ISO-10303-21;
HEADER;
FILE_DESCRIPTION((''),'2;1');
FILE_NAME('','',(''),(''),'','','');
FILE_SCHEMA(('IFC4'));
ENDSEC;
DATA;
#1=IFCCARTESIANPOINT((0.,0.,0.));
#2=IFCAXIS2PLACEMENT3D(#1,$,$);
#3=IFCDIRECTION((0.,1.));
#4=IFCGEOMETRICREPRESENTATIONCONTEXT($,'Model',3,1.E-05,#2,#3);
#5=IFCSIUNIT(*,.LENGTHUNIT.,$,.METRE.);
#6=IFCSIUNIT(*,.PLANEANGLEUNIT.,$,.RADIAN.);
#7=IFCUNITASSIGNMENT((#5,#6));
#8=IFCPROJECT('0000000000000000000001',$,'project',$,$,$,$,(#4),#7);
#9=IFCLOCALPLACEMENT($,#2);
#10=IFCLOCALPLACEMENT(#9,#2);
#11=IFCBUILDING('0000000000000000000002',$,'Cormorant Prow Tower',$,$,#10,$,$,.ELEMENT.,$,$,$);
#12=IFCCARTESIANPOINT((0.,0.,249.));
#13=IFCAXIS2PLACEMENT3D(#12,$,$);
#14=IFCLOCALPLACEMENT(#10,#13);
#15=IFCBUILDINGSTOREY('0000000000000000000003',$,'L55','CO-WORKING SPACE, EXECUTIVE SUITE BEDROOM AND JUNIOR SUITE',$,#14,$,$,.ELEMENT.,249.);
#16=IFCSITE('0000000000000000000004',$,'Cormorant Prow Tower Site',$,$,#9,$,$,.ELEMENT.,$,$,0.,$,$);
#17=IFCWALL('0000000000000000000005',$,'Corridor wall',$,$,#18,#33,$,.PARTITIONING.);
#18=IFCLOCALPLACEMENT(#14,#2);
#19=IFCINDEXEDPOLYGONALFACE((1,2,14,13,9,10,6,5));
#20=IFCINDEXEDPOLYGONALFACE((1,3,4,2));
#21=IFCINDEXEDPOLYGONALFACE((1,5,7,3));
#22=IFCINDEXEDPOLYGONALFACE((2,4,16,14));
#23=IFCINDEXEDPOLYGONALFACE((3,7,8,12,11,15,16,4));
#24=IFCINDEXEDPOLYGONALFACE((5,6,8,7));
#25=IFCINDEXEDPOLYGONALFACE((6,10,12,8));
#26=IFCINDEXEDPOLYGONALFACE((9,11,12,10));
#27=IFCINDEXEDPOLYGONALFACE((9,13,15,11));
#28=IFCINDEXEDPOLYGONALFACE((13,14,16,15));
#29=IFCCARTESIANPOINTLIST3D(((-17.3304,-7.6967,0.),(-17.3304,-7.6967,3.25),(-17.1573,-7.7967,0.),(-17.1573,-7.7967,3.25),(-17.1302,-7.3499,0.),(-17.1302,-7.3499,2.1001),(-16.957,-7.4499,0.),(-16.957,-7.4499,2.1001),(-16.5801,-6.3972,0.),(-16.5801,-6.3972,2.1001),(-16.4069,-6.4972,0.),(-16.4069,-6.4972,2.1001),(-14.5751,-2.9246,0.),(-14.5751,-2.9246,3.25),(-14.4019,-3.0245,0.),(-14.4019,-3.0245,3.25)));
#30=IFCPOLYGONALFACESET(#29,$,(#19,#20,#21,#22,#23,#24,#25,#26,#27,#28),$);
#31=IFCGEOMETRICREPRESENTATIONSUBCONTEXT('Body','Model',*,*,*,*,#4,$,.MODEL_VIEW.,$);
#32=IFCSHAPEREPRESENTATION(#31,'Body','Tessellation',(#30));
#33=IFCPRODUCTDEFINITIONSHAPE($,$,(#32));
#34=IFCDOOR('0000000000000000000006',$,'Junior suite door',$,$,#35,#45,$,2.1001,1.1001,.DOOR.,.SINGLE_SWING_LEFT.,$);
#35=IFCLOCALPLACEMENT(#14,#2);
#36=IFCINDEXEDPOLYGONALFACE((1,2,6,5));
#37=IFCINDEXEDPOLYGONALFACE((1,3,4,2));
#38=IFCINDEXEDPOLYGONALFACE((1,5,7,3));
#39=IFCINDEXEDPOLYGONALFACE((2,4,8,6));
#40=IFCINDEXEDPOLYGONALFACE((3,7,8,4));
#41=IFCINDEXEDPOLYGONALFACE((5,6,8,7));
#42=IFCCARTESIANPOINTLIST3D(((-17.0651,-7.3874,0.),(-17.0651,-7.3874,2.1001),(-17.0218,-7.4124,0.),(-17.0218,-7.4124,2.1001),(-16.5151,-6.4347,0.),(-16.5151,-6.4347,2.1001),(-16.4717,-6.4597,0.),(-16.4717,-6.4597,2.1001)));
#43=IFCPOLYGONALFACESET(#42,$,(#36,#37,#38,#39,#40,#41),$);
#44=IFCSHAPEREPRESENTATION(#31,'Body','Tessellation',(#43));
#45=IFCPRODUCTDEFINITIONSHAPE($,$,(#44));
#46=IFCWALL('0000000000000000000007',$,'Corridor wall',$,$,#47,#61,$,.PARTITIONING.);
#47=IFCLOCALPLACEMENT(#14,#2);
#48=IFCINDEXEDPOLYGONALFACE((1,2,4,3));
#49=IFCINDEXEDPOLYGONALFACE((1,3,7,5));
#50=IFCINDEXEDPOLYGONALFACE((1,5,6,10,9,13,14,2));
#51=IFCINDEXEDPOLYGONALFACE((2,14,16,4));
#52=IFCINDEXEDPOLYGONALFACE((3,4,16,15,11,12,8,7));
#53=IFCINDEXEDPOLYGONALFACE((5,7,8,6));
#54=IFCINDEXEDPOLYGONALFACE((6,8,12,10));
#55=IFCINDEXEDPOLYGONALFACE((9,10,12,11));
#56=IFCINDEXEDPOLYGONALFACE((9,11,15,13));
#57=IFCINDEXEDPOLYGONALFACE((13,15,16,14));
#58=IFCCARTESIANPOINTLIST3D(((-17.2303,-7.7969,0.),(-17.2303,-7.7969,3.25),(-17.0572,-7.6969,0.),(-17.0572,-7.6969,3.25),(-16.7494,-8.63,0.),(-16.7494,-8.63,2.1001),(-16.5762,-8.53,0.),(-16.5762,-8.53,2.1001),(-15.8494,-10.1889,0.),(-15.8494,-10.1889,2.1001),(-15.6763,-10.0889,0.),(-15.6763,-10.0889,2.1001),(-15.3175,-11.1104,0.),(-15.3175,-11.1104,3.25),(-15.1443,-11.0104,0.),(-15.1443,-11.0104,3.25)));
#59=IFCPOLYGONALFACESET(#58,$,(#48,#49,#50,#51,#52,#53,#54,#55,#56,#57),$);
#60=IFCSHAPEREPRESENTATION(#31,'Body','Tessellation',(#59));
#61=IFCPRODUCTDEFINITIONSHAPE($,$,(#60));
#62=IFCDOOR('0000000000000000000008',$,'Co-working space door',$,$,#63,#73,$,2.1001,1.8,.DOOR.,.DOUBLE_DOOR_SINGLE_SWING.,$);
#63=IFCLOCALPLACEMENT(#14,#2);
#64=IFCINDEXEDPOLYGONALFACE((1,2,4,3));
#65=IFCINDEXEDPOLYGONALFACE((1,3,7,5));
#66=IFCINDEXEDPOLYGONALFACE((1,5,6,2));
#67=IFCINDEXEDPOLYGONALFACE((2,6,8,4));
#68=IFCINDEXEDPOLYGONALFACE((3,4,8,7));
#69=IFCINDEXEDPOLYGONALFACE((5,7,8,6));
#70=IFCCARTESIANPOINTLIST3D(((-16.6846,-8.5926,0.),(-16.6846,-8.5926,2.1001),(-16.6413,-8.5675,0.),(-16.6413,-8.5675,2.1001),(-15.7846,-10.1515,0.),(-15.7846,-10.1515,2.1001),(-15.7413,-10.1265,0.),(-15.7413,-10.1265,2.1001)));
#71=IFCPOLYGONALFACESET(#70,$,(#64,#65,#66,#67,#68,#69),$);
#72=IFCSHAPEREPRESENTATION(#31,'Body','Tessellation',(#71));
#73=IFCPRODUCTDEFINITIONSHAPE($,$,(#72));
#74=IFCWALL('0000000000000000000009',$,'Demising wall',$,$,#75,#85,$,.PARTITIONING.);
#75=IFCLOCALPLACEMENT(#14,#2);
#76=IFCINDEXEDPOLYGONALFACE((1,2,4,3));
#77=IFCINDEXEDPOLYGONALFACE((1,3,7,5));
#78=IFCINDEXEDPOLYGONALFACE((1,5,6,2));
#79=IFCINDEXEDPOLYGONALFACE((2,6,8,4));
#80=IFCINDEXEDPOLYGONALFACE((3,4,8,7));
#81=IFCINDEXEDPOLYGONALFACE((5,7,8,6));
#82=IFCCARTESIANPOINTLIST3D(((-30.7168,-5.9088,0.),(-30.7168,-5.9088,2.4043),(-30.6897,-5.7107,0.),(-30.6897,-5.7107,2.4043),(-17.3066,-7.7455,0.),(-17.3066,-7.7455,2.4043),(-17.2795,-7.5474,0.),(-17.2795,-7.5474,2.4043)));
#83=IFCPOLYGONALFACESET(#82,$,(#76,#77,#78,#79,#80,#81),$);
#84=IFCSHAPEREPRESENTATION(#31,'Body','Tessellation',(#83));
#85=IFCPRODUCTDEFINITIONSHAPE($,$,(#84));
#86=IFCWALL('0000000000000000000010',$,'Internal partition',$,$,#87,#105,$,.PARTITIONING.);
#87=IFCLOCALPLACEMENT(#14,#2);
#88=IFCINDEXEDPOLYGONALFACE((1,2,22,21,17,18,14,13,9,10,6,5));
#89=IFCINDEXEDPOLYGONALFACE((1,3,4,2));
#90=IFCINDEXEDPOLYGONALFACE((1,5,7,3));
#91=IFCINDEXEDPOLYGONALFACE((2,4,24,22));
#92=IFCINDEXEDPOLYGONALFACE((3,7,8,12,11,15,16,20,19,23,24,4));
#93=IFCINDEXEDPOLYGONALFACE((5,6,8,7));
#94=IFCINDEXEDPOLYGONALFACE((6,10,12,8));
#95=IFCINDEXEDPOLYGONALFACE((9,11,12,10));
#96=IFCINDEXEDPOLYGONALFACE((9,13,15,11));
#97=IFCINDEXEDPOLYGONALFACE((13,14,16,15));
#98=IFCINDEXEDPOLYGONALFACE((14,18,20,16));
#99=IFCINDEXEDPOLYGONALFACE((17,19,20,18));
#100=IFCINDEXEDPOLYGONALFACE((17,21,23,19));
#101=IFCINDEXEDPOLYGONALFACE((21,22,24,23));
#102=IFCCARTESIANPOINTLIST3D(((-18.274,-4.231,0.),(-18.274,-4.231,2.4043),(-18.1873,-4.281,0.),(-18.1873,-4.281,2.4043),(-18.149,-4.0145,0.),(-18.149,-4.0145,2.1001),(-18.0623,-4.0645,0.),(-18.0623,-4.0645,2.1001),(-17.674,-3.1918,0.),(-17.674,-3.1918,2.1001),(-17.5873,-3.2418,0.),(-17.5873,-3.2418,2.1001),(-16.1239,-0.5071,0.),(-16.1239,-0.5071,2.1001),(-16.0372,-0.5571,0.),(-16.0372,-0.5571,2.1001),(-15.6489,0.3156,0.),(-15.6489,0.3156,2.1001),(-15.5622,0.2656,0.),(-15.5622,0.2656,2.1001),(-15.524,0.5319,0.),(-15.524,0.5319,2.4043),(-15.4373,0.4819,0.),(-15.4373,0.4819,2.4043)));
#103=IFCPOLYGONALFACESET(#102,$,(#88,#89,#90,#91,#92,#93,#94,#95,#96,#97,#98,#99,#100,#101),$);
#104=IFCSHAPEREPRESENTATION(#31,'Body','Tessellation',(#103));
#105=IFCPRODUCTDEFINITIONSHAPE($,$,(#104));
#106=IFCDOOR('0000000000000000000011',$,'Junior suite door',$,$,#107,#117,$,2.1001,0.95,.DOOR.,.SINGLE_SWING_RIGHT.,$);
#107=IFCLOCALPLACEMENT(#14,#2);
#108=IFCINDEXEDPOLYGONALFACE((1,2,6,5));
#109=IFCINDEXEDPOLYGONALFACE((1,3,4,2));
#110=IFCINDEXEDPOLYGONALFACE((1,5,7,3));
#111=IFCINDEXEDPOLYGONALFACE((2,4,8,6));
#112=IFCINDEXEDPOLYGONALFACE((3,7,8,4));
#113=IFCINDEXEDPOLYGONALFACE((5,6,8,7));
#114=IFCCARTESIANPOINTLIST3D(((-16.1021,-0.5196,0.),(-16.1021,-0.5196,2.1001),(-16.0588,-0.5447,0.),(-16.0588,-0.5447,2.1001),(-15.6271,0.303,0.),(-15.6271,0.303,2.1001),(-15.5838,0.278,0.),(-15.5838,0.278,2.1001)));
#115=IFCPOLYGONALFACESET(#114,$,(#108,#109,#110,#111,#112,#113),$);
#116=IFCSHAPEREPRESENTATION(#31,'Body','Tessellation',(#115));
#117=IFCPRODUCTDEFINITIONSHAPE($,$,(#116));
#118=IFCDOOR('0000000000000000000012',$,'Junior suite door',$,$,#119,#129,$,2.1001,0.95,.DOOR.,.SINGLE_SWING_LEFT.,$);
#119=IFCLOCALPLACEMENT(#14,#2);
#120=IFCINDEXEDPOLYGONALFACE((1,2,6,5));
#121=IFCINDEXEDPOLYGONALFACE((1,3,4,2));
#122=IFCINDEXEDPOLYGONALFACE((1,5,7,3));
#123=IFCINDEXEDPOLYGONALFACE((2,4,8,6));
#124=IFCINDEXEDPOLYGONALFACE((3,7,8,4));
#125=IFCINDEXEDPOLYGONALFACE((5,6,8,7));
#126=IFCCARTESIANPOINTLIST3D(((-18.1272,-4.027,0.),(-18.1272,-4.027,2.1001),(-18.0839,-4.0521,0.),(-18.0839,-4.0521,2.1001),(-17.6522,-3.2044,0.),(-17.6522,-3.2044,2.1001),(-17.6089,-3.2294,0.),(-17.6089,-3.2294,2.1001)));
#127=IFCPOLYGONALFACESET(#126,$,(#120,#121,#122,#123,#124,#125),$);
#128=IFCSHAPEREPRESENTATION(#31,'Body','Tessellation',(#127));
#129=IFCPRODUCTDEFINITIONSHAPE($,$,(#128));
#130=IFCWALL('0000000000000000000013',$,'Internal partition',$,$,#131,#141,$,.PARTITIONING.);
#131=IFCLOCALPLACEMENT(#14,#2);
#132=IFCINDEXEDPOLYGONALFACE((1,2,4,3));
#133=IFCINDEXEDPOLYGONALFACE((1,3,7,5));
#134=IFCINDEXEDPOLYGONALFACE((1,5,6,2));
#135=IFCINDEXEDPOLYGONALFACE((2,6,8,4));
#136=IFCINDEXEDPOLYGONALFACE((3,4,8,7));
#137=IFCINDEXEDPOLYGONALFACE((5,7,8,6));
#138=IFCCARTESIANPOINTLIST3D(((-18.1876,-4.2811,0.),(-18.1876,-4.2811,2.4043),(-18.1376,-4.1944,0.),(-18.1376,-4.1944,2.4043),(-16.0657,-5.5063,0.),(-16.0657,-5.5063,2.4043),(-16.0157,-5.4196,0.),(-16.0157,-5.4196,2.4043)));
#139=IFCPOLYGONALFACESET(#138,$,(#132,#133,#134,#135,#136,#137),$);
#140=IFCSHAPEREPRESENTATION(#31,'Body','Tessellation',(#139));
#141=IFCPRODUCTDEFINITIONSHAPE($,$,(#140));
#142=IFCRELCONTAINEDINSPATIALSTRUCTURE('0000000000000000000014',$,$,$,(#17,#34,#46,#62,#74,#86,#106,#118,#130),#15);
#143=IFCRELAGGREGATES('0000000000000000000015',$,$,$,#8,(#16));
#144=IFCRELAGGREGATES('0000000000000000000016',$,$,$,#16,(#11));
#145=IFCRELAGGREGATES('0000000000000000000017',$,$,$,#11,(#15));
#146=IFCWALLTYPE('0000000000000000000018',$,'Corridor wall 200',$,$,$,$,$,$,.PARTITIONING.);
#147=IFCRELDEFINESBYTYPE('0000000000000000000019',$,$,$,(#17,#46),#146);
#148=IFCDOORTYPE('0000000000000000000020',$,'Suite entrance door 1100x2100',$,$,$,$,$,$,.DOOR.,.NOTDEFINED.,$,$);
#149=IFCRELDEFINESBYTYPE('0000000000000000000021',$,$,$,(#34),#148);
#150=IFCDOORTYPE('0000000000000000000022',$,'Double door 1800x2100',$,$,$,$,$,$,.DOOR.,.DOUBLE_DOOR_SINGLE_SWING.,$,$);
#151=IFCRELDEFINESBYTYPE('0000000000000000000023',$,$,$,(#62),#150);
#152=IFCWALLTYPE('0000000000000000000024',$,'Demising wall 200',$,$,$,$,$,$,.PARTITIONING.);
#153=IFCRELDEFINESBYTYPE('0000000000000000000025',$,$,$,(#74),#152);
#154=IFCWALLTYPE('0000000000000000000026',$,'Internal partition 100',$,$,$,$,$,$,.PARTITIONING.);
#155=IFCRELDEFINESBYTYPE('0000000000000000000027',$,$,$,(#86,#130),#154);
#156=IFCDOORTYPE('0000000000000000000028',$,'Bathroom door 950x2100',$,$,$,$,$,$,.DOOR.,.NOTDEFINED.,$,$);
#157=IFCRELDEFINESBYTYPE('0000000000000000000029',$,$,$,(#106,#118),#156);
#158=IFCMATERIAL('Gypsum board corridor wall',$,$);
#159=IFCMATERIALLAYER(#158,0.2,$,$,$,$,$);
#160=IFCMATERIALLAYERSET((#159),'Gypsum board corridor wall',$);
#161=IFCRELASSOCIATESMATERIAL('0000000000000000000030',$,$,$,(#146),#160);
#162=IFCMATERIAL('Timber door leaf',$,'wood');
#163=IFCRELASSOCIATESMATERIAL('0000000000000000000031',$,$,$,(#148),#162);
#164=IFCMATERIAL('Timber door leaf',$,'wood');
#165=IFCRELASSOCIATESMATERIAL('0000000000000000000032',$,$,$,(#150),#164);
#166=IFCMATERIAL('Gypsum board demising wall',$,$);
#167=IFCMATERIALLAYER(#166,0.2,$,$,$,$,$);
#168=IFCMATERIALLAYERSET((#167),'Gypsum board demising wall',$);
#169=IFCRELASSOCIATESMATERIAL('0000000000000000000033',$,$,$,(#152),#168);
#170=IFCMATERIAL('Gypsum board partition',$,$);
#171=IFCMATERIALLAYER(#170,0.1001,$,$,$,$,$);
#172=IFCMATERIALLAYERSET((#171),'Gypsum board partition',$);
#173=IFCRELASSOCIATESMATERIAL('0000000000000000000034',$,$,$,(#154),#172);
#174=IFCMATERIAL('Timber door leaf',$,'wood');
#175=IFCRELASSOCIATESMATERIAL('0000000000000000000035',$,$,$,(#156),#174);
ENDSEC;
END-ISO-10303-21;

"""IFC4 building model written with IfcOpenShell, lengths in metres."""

from ifc_helpers import new_model, si_unit, direction, frame, frame_2d, origin, place, context, subcontext, project, spatial, rectangle, extrude, material, layer, layer_set, type_object, element, fill, save


model = new_model("IFC4")

# Units and contexts
model_context = context("Model", 3, precision=1e-05, world=origin(), true_north=direction((0.0, 1.0)))
body_context = subcontext(model_context, "Body", "Model", "MODEL_VIEW")
ifc_project = project(units=[si_unit("LENGTHUNIT", "METRE"), si_unit("PLANEANGLEUNIT", "RADIAN")], contexts=[model_context])

# Site, building, storey
site_placement = place(None, origin())
site = spatial("IfcSite", under=ifc_project, at=site_placement, Name="Cormorant Prow Tower Site", CompositionType="ELEMENT", RefElevation=0.0)
building_placement = place(site_placement, origin())
building = spatial("IfcBuilding", under=site, at=building_placement, Name="Cormorant Prow Tower", CompositionType="ELEMENT")
storey_placement = place(building_placement, frame((0.0, 0.0, 249.0)))
storey = spatial("IfcBuildingStorey", under=building, at=storey_placement, Name="L55", Description="CO-WORKING SPACE, EXECUTIVE SUITE BEDROOM AND JUNIOR SUITE", CompositionType="ELEMENT", Elevation=249.0)

# Walls, openings, doors
ifc_material_1 = material(Name="Gypsum board corridor wall")
ifc_layer_1 = layer(ifc_material_1, 0.2)
ifc_layer_set_1 = layer_set([ifc_layer_1], Name="Gypsum board corridor wall")
wall_type_1 = type_object("IfcWallType", Name="Corridor wall 200", PredefinedType="PARTITIONING", material=ifc_layer_set_1)
wall_1_placement = place(storey_placement, frame((-17.2439, -7.7468, 0.0), z_axis=(0.0, 0.0, 1.0), x_axis=(0.500018, 0.866015, 0.0)))
wall_1 = element("IfcWall", 1, at=wall_1_placement, inside=storey, type_object=wall_type_1, Name="Corridor wall", PredefinedType="PARTITIONING", context=body_context, shape_type="SweptSolid", body=[
    extrude(rectangle(XDim=5.5105, YDim=0.2, at=frame_2d((2.7554, 0.0))), origin(), (0.0, 0.0, 1.0), 3.25),
])
opening_1_placement = place(wall_1_placement, frame((0.4006, 0.0, 0.0)))
opening_1 = element("IfcOpeningElement", 2, at=opening_1_placement, cuts=wall_1, PredefinedType="OPENING", context=body_context, shape_type="SweptSolid", body=[
    extrude(rectangle(XDim=1.1001, YDim=2.1001, at=frame_2d((0.55, 1.05))), frame((0.0, 0.1099, 0.0), z_axis=(0.0, -1.0, 0.0), x_axis=(1.0, 0.0, 0.0)), (0.0, 0.0, 1.0), 0.22),
])
ifc_material_2 = material(Name="Timber door leaf", Category="wood")
door_type_1 = type_object("IfcDoorType", Name="Suite entrance door 1100x2100", OperationType="NOTDEFINED", PredefinedType="DOOR", material=ifc_material_2)
door_1_placement = place(opening_1_placement, origin())
door_1 = element("IfcDoor", 3, at=door_1_placement, inside=storey, type_object=door_type_1, Name="Junior suite door", OperationType="SINGLE_SWING_LEFT", OverallHeight=2.1001, OverallWidth=1.1001, PredefinedType="DOOR", context=body_context, shape_type="SweptSolid", body=[
    extrude(rectangle(XDim=1.1001, YDim=2.1001, at=frame_2d((0.55, 1.05))), frame((0.0, 0.0249, 0.0), z_axis=(0.0, -1.0, 0.0), x_axis=(1.0, 0.0, 0.0)), (0.0, 0.0, 1.0), 0.05),
])
fill(opening_1, door_1)
wall_2_placement = place(storey_placement, frame((-17.1438, -7.7468, 0.0), z_axis=(0.0, 0.0, 1.0), x_axis=(0.499962, -0.866047, 0.0)))
wall_2 = element("IfcWall", 4, at=wall_2_placement, inside=storey, type_object=wall_type_1, Name="Corridor wall", PredefinedType="PARTITIONING", context=body_context, shape_type="SweptSolid", body=[
    extrude(rectangle(XDim=3.8259, YDim=0.2, at=frame_2d((1.9131, 0.0))), origin(), (0.0, 0.0, 1.0), 3.25),
])
opening_2_placement = place(wall_2_placement, frame((0.9622, 0.0, 0.0)))
opening_2 = element("IfcOpeningElement", 5, at=opening_2_placement, cuts=wall_2, PredefinedType="OPENING", context=body_context, shape_type="SweptSolid", body=[
    extrude(rectangle(XDim=1.8, YDim=2.1001, at=frame_2d((0.8999, 1.05))), frame((0.0, 0.1099, 0.0), z_axis=(0.0, -1.0, 0.0), x_axis=(1.0, 0.0, 0.0)), (0.0, 0.0, 1.0), 0.22),
])
ifc_material_3 = material(Name="Timber door leaf", Category="wood")
door_type_2 = type_object("IfcDoorType", Name="Double door 1800x2100", OperationType="DOUBLE_DOOR_SINGLE_SWING", PredefinedType="DOOR", material=ifc_material_3)
door_2_placement = place(opening_2_placement, origin())
door_2 = element("IfcDoor", 6, at=door_2_placement, inside=storey, type_object=door_type_2, Name="Co-working space door", OperationType="DOUBLE_DOOR_SINGLE_SWING", OverallHeight=2.1001, OverallWidth=1.8, PredefinedType="DOOR", context=body_context, shape_type="SweptSolid", body=[
    extrude(rectangle(XDim=1.8, YDim=2.1001, at=frame_2d((0.8999, 1.05))), frame((0.0, 0.0249, 0.0), z_axis=(0.0, -1.0, 0.0), x_axis=(1.0, 0.0, 0.0)), (0.0, 0.0, 1.0), 0.05),
])
fill(opening_2, door_2)

# Wall
ifc_material_4 = material(Name="Gypsum board demising wall")
ifc_layer_2 = layer(ifc_material_4, 0.2)
ifc_layer_set_2 = layer_set([ifc_layer_2], Name="Gypsum board demising wall")
wall_type_2 = type_object("IfcWallType", Name="Demising wall 200", PredefinedType="PARTITIONING", material=ifc_layer_set_2)
wall_3_placement = place(storey_placement, frame((-30.7031, -5.8098, 0.0), z_axis=(0.0, 0.0, 1.0), x_axis=(0.990751, -0.135694, 0.0)))
element("IfcWall", 7, at=wall_3_placement, inside=storey, type_object=wall_type_2, Name="Demising wall", PredefinedType="PARTITIONING", context=body_context, shape_type="SweptSolid", body=[
    extrude(rectangle(XDim=13.5354, YDim=0.2, at=frame_2d((6.7676, 0.0))), origin(), (0.0, 0.0, 1.0), 2.4043),
])

# Wall, openings, doors
ifc_material_5 = material(Name="Gypsum board partition")
ifc_layer_3 = layer(ifc_material_5, 0.1001)
ifc_layer_set_3 = layer_set([ifc_layer_3], Name="Gypsum board partition")
wall_type_3 = type_object("IfcWallType", Name="Internal partition 100", PredefinedType="PARTITIONING", material=ifc_layer_set_3)
wall_4_placement = place(storey_placement, frame((-18.2307, -4.2561, 0.0), z_axis=(0.0, 0.0, 1.0), x_axis=(0.500016, 0.866016, 0.0)))
wall_4 = element("IfcWall", 8, at=wall_4_placement, inside=storey, type_object=wall_type_3, Name="Internal partition", PredefinedType="PARTITIONING", context=body_context, shape_type="SweptSolid", body=[
    extrude(rectangle(XDim=5.4998, YDim=0.1001, at=frame_2d((2.75, 0.0))), origin(), (0.0, 0.0, 1.0), 2.4043),
])
opening_3_placement = place(wall_4_placement, frame((4.3, 0.0, 0.0)))
opening_3 = element("IfcOpeningElement", 9, at=opening_3_placement, cuts=wall_4, PredefinedType="OPENING", context=body_context, shape_type="SweptSolid", body=[
    extrude(rectangle(XDim=0.95, YDim=2.1001, at=frame_2d((0.4751, 1.05))), frame((0.0, 0.0601, 0.0), z_axis=(0.0, -1.0, 0.0), x_axis=(1.0, 0.0, 0.0)), (0.0, 0.0, 1.0), 0.1201),
])
opening_4_placement = place(wall_4_placement, frame((0.25, 0.0, 0.0)))
opening_4 = element("IfcOpeningElement", 10, at=opening_4_placement, cuts=wall_4, PredefinedType="OPENING", context=body_context, shape_type="SweptSolid", body=[
    extrude(rectangle(XDim=0.95, YDim=2.1001, at=frame_2d((0.4751, 1.05))), frame((0.0, 0.0601, 0.0), z_axis=(0.0, -1.0, 0.0), x_axis=(1.0, 0.0, 0.0)), (0.0, 0.0, 1.0), 0.1201),
])
ifc_material_6 = material(Name="Timber door leaf", Category="wood")
door_type_3 = type_object("IfcDoorType", Name="Bathroom door 950x2100", OperationType="NOTDEFINED", PredefinedType="DOOR", material=ifc_material_6)
door_3_placement = place(opening_3_placement, origin())
door_3 = element("IfcDoor", 11, at=door_3_placement, inside=storey, type_object=door_type_3, Name="Junior suite door", OperationType="SINGLE_SWING_RIGHT", OverallHeight=2.1001, OverallWidth=0.95, PredefinedType="DOOR", context=body_context, shape_type="SweptSolid", body=[
    extrude(rectangle(XDim=0.95, YDim=2.1001, at=frame_2d((0.4751, 1.05))), frame((0.0, 0.0249, 0.0), z_axis=(0.0, -1.0, 0.0), x_axis=(1.0, 0.0, 0.0)), (0.0, 0.0, 1.0), 0.05),
])
fill(opening_3, door_3)
door_4_placement = place(opening_4_placement, origin())
door_4 = element("IfcDoor", 12, at=door_4_placement, inside=storey, type_object=door_type_3, Name="Junior suite door", OperationType="SINGLE_SWING_LEFT", OverallHeight=2.1001, OverallWidth=0.95, PredefinedType="DOOR", context=body_context, shape_type="SweptSolid", body=[
    extrude(rectangle(XDim=0.95, YDim=2.1001, at=frame_2d((0.4751, 1.05))), frame((0.0, 0.0249, 0.0), z_axis=(0.0, -1.0, 0.0), x_axis=(1.0, 0.0, 0.0)), (0.0, 0.0, 1.0), 0.05),
])
fill(opening_4, door_4)

# Wall
wall_5_placement = place(storey_placement, frame((-18.1626, -4.2378, 0.0), z_axis=(0.0, 0.0, 1.0), x_axis=(0.866015, -0.500019, 0.0)))
element("IfcWall", 13, at=wall_5_placement, inside=storey, type_object=wall_type_3, Name="Internal partition", PredefinedType="PARTITIONING", context=body_context, shape_type="SweptSolid", body=[
    extrude(rectangle(XDim=2.4502, YDim=0.1001, at=frame_2d((1.2251, 0.0))), origin(), (0.0, 0.0, 1.0), 2.4043),
])

save(model, "model.ifc")
